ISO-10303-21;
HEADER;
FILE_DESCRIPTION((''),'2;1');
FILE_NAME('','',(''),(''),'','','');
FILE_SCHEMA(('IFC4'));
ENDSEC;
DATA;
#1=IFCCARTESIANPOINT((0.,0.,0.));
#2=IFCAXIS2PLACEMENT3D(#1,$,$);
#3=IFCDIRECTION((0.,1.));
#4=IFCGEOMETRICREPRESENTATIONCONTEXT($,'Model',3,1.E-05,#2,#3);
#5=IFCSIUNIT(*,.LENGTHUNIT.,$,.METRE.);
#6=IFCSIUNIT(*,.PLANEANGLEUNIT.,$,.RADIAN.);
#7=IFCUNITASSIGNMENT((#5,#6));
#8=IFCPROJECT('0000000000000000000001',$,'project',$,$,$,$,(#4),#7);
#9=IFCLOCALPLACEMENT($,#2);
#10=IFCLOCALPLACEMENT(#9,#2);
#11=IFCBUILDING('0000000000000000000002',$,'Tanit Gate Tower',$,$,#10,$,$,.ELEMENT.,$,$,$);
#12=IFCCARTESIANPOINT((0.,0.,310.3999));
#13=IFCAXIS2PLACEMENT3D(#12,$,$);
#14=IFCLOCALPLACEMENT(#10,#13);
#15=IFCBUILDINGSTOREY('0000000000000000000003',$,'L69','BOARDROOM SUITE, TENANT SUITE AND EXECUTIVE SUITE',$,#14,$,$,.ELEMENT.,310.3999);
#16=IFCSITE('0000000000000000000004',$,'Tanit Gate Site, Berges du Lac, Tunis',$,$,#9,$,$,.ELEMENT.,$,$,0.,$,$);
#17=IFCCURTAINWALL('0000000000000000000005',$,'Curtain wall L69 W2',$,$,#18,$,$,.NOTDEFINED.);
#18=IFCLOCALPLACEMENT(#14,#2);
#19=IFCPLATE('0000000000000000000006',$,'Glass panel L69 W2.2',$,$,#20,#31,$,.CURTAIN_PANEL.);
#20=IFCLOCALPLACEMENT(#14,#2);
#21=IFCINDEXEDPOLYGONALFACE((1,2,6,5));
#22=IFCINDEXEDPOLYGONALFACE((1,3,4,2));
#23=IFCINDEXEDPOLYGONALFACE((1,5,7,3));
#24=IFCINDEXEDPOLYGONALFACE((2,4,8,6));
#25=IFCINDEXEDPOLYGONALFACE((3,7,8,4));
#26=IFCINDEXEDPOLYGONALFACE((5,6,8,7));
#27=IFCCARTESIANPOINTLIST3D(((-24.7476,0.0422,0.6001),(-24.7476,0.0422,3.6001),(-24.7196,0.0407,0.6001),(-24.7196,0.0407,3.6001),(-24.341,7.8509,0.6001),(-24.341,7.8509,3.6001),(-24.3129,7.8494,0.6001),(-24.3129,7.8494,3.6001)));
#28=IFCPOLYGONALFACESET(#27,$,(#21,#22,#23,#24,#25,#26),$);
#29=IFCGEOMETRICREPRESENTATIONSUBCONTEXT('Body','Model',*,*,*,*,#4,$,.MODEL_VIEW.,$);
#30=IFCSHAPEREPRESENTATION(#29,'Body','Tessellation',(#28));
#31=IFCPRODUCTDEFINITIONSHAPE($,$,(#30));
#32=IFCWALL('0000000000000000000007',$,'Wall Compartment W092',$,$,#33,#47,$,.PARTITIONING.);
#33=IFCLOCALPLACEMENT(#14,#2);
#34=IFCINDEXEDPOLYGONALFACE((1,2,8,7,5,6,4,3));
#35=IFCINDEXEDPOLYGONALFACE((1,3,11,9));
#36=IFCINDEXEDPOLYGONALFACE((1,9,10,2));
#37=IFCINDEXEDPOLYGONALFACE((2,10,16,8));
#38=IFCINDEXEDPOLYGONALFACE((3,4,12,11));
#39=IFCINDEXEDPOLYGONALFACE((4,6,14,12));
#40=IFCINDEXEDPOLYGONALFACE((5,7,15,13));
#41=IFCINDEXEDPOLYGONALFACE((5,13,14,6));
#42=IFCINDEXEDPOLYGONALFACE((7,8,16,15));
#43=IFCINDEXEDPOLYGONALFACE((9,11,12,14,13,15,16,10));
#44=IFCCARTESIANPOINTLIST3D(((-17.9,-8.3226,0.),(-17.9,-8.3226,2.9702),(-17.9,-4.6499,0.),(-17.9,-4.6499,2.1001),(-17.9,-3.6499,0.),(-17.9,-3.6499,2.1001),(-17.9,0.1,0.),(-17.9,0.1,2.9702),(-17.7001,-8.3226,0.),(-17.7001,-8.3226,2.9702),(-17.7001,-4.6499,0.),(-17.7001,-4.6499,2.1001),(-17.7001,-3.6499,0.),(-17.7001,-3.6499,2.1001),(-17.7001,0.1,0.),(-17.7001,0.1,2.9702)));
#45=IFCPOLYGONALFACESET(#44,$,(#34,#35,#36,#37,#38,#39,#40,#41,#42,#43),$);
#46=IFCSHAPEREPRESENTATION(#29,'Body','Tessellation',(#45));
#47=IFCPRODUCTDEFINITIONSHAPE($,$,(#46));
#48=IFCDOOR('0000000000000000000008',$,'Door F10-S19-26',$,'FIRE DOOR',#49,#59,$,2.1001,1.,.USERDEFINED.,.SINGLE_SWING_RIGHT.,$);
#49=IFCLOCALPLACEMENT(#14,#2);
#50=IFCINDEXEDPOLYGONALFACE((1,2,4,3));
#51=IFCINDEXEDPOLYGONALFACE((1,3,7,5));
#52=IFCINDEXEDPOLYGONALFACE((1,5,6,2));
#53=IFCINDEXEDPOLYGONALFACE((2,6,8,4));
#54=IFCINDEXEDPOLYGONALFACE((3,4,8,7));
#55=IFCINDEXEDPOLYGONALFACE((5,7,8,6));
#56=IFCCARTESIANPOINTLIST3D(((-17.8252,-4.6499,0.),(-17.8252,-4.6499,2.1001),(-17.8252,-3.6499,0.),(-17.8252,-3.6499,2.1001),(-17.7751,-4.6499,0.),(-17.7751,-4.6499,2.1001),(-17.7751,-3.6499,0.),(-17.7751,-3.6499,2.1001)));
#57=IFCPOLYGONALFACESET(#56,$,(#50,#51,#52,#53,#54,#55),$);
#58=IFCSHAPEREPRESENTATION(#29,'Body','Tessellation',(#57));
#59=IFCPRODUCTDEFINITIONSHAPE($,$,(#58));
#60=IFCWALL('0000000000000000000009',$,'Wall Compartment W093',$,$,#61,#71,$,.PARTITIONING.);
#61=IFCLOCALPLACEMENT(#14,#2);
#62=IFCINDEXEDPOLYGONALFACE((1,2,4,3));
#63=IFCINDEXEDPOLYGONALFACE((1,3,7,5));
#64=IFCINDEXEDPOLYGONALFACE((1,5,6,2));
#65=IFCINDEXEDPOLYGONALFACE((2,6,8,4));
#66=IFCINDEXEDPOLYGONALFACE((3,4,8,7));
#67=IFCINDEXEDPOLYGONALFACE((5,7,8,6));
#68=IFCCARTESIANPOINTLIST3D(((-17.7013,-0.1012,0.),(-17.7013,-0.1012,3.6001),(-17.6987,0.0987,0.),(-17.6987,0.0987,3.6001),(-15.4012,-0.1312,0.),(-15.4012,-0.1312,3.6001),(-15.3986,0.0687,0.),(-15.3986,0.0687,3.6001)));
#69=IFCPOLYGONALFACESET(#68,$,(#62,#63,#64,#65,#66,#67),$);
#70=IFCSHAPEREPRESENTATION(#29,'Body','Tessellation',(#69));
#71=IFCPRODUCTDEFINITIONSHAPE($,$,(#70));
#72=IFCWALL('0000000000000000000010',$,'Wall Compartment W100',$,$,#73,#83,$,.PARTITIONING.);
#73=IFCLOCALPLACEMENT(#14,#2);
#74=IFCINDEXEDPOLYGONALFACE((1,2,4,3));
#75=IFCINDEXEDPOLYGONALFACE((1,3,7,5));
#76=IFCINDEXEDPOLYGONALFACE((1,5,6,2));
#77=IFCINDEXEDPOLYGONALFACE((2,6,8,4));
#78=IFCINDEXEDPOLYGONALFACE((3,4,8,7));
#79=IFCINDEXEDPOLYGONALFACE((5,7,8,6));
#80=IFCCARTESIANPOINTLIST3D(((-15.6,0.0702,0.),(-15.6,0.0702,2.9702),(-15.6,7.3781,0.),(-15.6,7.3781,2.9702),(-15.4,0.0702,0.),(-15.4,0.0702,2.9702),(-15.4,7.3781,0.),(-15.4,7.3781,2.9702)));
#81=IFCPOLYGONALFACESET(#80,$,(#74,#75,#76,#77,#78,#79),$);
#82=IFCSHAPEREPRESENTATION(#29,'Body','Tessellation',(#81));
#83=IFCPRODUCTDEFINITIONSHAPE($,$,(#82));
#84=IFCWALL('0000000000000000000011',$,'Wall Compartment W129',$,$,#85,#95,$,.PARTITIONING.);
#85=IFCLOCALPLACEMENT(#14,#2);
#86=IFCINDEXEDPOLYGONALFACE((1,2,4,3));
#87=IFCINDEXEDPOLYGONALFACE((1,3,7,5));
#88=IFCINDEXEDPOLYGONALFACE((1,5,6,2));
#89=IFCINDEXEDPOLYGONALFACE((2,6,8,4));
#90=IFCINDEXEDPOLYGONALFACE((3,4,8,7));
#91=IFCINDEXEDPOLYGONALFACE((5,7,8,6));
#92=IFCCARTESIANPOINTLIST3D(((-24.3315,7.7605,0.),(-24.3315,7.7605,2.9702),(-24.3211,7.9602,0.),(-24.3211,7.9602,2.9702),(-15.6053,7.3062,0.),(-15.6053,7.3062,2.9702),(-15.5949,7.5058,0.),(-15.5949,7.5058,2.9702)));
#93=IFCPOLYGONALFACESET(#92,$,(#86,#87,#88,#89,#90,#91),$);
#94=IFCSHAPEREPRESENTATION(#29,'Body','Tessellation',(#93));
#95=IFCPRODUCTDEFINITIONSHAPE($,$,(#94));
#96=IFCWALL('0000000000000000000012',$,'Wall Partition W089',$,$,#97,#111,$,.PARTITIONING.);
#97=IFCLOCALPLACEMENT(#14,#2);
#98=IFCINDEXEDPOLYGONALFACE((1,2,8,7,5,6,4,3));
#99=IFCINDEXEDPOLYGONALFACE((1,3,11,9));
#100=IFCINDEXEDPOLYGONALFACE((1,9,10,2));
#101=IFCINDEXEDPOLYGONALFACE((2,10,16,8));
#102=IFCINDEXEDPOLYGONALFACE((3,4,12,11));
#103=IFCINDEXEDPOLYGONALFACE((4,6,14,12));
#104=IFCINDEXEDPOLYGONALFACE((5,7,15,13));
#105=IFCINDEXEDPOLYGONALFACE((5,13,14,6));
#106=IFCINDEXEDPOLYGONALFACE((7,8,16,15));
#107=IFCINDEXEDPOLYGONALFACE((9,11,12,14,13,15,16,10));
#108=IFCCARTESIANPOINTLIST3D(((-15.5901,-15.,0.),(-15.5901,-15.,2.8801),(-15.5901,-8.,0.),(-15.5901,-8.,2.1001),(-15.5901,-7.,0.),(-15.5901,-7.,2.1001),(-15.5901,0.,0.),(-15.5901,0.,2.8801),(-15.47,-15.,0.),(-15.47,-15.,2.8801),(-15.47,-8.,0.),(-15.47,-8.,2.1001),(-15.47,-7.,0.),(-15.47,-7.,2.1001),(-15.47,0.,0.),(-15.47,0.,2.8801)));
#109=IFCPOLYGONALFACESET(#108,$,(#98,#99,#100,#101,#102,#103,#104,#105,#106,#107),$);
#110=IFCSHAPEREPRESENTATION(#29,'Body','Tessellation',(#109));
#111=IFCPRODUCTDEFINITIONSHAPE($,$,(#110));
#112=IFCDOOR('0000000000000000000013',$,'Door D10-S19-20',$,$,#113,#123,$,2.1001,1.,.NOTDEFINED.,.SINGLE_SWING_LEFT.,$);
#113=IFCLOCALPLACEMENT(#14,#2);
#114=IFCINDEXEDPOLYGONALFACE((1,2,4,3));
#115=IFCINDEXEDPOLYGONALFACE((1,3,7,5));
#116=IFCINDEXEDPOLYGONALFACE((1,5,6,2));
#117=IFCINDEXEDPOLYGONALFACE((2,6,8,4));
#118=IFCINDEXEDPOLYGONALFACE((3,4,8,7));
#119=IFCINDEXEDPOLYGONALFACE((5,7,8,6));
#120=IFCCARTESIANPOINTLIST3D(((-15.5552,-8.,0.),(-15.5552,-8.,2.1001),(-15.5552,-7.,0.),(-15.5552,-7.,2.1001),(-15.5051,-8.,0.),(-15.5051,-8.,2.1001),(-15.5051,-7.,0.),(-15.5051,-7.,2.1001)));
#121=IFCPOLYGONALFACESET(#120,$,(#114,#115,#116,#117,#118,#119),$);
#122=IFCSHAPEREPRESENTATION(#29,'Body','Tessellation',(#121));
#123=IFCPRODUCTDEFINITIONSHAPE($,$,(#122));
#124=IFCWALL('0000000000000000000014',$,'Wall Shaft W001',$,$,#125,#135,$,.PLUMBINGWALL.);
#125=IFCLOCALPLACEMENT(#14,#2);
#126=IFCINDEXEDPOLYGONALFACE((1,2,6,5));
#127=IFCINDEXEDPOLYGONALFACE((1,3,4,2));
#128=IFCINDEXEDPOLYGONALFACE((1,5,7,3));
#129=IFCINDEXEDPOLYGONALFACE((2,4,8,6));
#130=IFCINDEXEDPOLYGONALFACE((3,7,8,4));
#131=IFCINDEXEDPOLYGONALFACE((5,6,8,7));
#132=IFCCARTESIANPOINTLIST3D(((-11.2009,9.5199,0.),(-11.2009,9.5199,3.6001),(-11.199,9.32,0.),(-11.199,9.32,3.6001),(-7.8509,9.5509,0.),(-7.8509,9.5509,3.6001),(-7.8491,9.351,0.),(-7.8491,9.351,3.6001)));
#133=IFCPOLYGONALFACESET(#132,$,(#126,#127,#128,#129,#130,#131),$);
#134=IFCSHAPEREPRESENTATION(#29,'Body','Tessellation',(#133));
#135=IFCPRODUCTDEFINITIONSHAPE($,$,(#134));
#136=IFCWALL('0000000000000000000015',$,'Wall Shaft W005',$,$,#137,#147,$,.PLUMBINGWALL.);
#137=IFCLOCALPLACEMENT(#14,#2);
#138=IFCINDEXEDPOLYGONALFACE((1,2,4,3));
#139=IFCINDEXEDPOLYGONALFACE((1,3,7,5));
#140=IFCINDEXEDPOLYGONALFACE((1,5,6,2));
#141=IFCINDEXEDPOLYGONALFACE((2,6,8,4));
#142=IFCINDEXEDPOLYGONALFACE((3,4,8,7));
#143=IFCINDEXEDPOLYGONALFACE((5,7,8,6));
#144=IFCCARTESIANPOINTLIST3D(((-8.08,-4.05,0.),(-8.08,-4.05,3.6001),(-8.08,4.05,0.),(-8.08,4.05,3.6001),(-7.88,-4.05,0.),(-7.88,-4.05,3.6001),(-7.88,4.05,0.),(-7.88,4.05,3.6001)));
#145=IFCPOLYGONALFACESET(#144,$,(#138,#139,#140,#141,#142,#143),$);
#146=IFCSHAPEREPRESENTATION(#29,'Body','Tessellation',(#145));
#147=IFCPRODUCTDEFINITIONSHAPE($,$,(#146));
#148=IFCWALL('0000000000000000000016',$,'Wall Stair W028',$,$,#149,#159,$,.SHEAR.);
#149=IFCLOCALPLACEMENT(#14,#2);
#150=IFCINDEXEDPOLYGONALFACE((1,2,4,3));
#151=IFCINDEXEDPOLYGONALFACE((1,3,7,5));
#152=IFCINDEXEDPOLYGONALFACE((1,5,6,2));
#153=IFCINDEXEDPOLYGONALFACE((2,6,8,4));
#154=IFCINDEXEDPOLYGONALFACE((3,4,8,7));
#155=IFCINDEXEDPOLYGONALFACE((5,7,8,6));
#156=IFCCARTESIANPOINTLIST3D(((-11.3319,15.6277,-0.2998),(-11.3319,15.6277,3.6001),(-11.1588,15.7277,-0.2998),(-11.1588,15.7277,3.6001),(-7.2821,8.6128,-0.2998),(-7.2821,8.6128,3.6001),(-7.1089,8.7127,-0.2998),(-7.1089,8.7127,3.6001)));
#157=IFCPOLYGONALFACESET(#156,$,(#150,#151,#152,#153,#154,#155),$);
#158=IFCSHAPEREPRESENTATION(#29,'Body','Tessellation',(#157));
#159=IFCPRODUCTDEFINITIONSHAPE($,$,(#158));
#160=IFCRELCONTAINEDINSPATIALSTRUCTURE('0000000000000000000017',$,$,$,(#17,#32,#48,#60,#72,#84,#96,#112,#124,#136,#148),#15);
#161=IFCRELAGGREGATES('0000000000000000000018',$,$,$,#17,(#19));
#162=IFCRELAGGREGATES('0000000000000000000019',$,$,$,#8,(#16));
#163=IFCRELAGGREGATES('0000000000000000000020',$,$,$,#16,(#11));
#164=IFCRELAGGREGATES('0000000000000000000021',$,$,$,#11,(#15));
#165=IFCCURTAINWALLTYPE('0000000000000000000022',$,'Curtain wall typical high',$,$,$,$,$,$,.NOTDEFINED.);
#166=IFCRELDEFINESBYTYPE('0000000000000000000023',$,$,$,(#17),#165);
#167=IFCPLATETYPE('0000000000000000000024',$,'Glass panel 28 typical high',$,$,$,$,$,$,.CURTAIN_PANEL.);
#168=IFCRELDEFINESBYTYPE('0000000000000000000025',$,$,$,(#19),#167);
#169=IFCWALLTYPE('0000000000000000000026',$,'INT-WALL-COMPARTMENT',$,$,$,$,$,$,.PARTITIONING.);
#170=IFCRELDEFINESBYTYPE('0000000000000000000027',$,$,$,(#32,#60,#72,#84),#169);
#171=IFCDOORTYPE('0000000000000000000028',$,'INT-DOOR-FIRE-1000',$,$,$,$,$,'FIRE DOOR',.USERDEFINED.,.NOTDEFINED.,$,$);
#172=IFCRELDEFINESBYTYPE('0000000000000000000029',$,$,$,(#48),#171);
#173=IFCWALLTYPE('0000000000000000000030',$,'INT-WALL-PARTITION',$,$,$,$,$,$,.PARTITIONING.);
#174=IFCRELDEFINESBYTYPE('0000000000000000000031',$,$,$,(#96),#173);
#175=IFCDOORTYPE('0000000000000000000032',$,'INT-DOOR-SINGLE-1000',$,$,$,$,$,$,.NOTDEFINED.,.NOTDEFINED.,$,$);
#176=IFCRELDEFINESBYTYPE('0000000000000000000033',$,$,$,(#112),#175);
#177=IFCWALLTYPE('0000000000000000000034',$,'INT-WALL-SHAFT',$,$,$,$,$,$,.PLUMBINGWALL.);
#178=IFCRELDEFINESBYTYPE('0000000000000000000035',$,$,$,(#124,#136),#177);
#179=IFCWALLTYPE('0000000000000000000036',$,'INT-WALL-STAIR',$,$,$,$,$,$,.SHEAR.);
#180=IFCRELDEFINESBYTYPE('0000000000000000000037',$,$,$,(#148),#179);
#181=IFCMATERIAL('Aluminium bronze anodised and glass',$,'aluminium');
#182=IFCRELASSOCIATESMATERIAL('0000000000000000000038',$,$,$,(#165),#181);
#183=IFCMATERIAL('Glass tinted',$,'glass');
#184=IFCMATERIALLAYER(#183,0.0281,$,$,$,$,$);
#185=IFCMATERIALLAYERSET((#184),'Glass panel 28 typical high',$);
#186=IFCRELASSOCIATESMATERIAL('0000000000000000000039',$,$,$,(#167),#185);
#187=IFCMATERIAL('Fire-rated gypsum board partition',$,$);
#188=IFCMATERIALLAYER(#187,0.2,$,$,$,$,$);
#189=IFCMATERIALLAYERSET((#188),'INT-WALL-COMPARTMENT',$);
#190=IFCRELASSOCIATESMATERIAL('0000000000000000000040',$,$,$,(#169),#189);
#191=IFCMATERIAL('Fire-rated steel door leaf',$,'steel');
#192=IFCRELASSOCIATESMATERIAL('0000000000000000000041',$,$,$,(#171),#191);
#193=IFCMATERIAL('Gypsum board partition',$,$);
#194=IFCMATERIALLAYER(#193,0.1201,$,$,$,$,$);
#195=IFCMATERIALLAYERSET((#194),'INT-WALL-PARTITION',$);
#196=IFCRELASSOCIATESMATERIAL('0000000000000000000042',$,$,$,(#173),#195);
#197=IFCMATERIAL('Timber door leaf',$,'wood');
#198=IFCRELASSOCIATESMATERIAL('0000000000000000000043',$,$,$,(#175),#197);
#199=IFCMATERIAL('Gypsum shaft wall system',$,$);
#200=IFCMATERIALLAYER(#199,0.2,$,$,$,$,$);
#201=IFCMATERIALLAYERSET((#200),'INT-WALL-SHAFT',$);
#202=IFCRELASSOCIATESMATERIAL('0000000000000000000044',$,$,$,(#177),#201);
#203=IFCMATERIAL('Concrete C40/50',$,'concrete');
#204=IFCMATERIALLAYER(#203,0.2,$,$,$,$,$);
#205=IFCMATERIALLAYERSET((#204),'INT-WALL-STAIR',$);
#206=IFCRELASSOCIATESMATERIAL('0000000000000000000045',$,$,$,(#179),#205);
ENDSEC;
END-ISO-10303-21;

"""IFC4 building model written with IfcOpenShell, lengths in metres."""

from ifc_helpers import new_model, si_unit, direction, frame, frame_2d, origin, origin_2d, place, context, subcontext, project, spatial, rectangle, extrude, material, layer, layer_set, type_object, element, fill, aggregate, save


model = new_model("IFC4")

# Units and contexts
model_context = context("Model", 3, precision=1e-05, world=origin(), true_north=direction((0.0, 1.0)))
body_context = subcontext(model_context, "Body", "Model", "MODEL_VIEW")
ifc_project = project(units=[si_unit("LENGTHUNIT", "METRE"), si_unit("PLANEANGLEUNIT", "RADIAN")], contexts=[model_context])

# Site, building, storey
site_placement = place(None, origin())
site = spatial("IfcSite", under=ifc_project, at=site_placement, Name="Tanit Gate Site, Berges du Lac, Tunis", CompositionType="ELEMENT", RefElevation=0.0)
building_placement = place(site_placement, origin())
building = spatial("IfcBuilding", under=site, at=building_placement, Name="Tanit Gate Tower", CompositionType="ELEMENT")
storey_placement = place(building_placement, frame((0.0, 0.0, 310.3999)))
storey = spatial("IfcBuildingStorey", under=building, at=storey_placement, Name="L69", Description="BOARDROOM SUITE, TENANT SUITE AND EXECUTIVE SUITE", CompositionType="ELEMENT", Elevation=310.3999)

# Curtain wall
ifc_material_1 = material(Name="Aluminium bronze anodised and glass", Category="aluminium")
curtain_wall_type = type_object("IfcCurtainWallType", Name="Curtain wall typical high", PredefinedType="NOTDEFINED", material=ifc_material_1)
curtain_wall_placement = place(storey_placement, origin())
curtain_wall = element("IfcCurtainWall", 1, at=curtain_wall_placement, inside=storey, type_object=curtain_wall_type, Name="Curtain wall L69 W2", PredefinedType="NOTDEFINED")

# Plate
ifc_material_2 = material(Name="Glass tinted", Category="glass")
ifc_layer_1 = layer(ifc_material_2, 0.0281)
ifc_layer_set_1 = layer_set([ifc_layer_1], Name="Glass panel 28 typical high")
plate_type = type_object("IfcPlateType", Name="Glass panel 28 typical high", PredefinedType="CURTAIN_PANEL", material=ifc_layer_set_1)
plate_1_placement = place(storey_placement, frame((-24.5303, 3.9458, 0.6001), z_axis=(0.0, 0.0, 1.0), x_axis=(-0.052003, -0.998647, 0.0)))
plate_1 = element("IfcPlate", 2, at=plate_1_placement, type_object=plate_type, Name="Glass panel L69 W2.2", PredefinedType="CURTAIN_PANEL", context=body_context, shape_type="SweptSolid", body=[
    extrude(rectangle(XDim=7.8193, YDim=0.0281, at=origin_2d()), origin(), (0.0, 0.0, 1.0), 3.0),
])
aggregate(curtain_wall, [plate_1])

# Wall, opening, door
ifc_material_3 = material(Name="Fire-rated gypsum board partition")
ifc_layer_2 = layer(ifc_material_3, 0.2)
ifc_layer_set_2 = layer_set([ifc_layer_2], Name="INT-WALL-COMPARTMENT")
wall_type_1 = type_object("IfcWallType", Name="INT-WALL-COMPARTMENT", PredefinedType="PARTITIONING", material=ifc_layer_set_2)
wall_1_placement = place(storey_placement, frame((-17.8, 0.1001, 0.0), z_axis=(0.0, 0.0, 1.0), x_axis=(0.0, -1.0, 0.0)))
wall_1 = element("IfcWall", 3, at=wall_1_placement, inside=storey, type_object=wall_type_1, Name="Wall Compartment W092", PredefinedType="PARTITIONING", context=body_context, shape_type="SweptSolid", body=[
    extrude(rectangle(XDim=8.4226, YDim=0.2, at=frame_2d((4.2114, 0.0))), origin(), (0.0, 0.0, 1.0), 2.9702),
])
opening_1_placement = place(wall_1_placement, frame((3.75, 0.0, 0.0)))
opening_1 = element("IfcOpeningElement", 4, at=opening_1_placement, cuts=wall_1, PredefinedType="OPENING", context=body_context, shape_type="SweptSolid", body=[
    extrude(rectangle(XDim=1.0, YDim=2.1001, at=frame_2d((0.5, 1.05))), frame((0.0, 0.1099, 0.0), z_axis=(0.0, -1.0, 0.0), x_axis=(1.0, 0.0, 0.0)), (0.0, 0.0, 1.0), 0.22),
])
ifc_material_4 = material(Name="Fire-rated steel door leaf", Category="steel")
door_type_1 = type_object("IfcDoorType", Name="INT-DOOR-FIRE-1000", ElementType="FIRE DOOR", OperationType="NOTDEFINED", PredefinedType="USERDEFINED", material=ifc_material_4)
door_1_placement = place(opening_1_placement, origin())
door_1 = element("IfcDoor", 5, at=door_1_placement, inside=storey, type_object=door_type_1, Name="Door F10-S19-26", ObjectType="FIRE DOOR", OperationType="SINGLE_SWING_RIGHT", OverallHeight=2.1001, OverallWidth=1.0, PredefinedType="USERDEFINED", context=body_context, shape_type="SweptSolid", body=[
    extrude(rectangle(XDim=1.0, YDim=2.1001, at=frame_2d((0.5, 1.05))), frame((0.0, 0.0249, 0.0), z_axis=(0.0, -1.0, 0.0), x_axis=(1.0, 0.0, 0.0)), (0.0, 0.0, 1.0), 0.05),
])
fill(opening_1, door_1)

# Walls
wall_2_placement = place(storey_placement, frame((-15.3999, -0.0312, 0.0), z_axis=(0.0, 0.0, 1.0), x_axis=(-0.999915, 0.013055, 0.0)))
element("IfcWall", 6, at=wall_2_placement, inside=storey, type_object=wall_type_1, Name="Wall Compartment W093", PredefinedType="PARTITIONING", context=body_context, shape_type="SweptSolid", body=[
    extrude(rectangle(XDim=2.3003, YDim=0.2, at=frame_2d((1.1501, 0.0))), origin(), (0.0, 0.0, 1.0), 3.6001),
])
wall_3_placement = place(storey_placement, frame((-15.5, 7.3779, 0.0), z_axis=(0.0, 0.0, 1.0), x_axis=(0.0, -1.0, 0.0)))
element("IfcWall", 7, at=wall_3_placement, inside=storey, type_object=wall_type_1, Name="Wall Compartment W100", PredefinedType="PARTITIONING", context=body_context, shape_type="SweptSolid", body=[
    extrude(rectangle(XDim=7.3079, YDim=0.2, at=frame_2d((3.6538, 0.0))), origin(), (0.0, 0.0, 1.0), 2.9702),
])
wall_4_placement = place(storey_placement, frame((-24.3264, 7.8604, 0.0), z_axis=(0.0, 0.0, 1.0), x_axis=(0.998647, -0.051996, 0.0)))
element("IfcWall", 8, at=wall_4_placement, inside=storey, type_object=wall_type_1, Name="Wall Compartment W129", PredefinedType="PARTITIONING", context=body_context, shape_type="SweptSolid", body=[
    extrude(rectangle(XDim=8.738, YDim=0.2, at=frame_2d((4.3691, 0.0))), origin(), (0.0, 0.0, 1.0), 2.9702),
])

# Wall, opening, door
ifc_material_5 = material(Name="Gypsum board partition")
ifc_layer_3 = layer(ifc_material_5, 0.1201)
ifc_layer_set_3 = layer_set([ifc_layer_3], Name="INT-WALL-PARTITION")
wall_type_2 = type_object("IfcWallType", Name="INT-WALL-PARTITION", PredefinedType="PARTITIONING", material=ifc_layer_set_3)
wall_5_placement = place(storey_placement, frame((-15.53, 0.0, 0.0), z_axis=(0.0, 0.0, 1.0), x_axis=(0.0, -1.0, 0.0)))
wall_5 = element("IfcWall", 9, at=wall_5_placement, inside=storey, type_object=wall_type_2, Name="Wall Partition W089", PredefinedType="PARTITIONING", context=body_context, shape_type="SweptSolid", body=[
    extrude(rectangle(XDim=15.0, YDim=0.1201, at=frame_2d((7.5, 0.0))), origin(), (0.0, 0.0, 1.0), 2.8801),
])
opening_2_placement = place(wall_5_placement, frame((7.0, 0.0, 0.0)))
opening_2 = element("IfcOpeningElement", 10, at=opening_2_placement, cuts=wall_5, PredefinedType="OPENING", context=body_context, shape_type="SweptSolid", body=[
    extrude(rectangle(XDim=1.0, YDim=2.1001, at=frame_2d((0.5, 1.05))), frame((0.0, 0.0701, 0.0), z_axis=(0.0, -1.0, 0.0), x_axis=(1.0, 0.0, 0.0)), (0.0, 0.0, 1.0), 0.1401),
])
ifc_material_6 = material(Name="Timber door leaf", Category="wood")
door_type_2 = type_object("IfcDoorType", Name="INT-DOOR-SINGLE-1000", OperationType="NOTDEFINED", PredefinedType="NOTDEFINED", material=ifc_material_6)
door_2_placement = place(opening_2_placement, origin())
door_2 = element("IfcDoor", 11, at=door_2_placement, inside=storey, type_object=door_type_2, Name="Door D10-S19-20", OperationType="SINGLE_SWING_LEFT", OverallHeight=2.1001, OverallWidth=1.0, PredefinedType="NOTDEFINED", context=body_context, shape_type="SweptSolid", body=[
    extrude(rectangle(XDim=1.0, YDim=2.1001, at=frame_2d((0.5, 1.05))), frame((0.0, 0.0249, 0.0), z_axis=(0.0, -1.0, 0.0), x_axis=(1.0, 0.0, 0.0)), (0.0, 0.0, 1.0), 0.05),
])
fill(opening_2, door_2)

# Walls
ifc_material_7 = material(Name="Gypsum shaft wall system")
ifc_layer_4 = layer(ifc_material_7, 0.2)
ifc_layer_set_4 = layer_set([ifc_layer_4], Name="INT-WALL-SHAFT")
wall_type_3 = type_object("IfcWallType", Name="INT-WALL-SHAFT", PredefinedType="PLUMBINGWALL", material=ifc_layer_set_4)
wall_6_placement = place(storey_placement, frame((-11.2, 9.4199, 0.0), z_axis=(0.0, 0.0, 1.0), x_axis=(0.999957, 0.009255, 0.0)))
element("IfcWall", 12, at=wall_6_placement, inside=storey, type_object=wall_type_3, Name="Wall Shaft W001", PredefinedType="PLUMBINGWALL", context=body_context, shape_type="SweptSolid", body=[
    extrude(rectangle(XDim=3.3501, YDim=0.2, at=frame_2d((1.675, 0.0))), origin(), (0.0, 0.0, 1.0), 3.6001),
])
wall_7_placement = place(storey_placement, frame((-7.98, 4.05, 0.0), z_axis=(0.0, 0.0, 1.0), x_axis=(0.0, -1.0, 0.0)))
element("IfcWall", 13, at=wall_7_placement, inside=storey, type_object=wall_type_3, Name="Wall Shaft W005", PredefinedType="PLUMBINGWALL", context=body_context, shape_type="SweptSolid", body=[
    extrude(rectangle(XDim=8.1001, YDim=0.2, at=frame_2d((4.05, 0.0))), origin(), (0.0, 0.0, 1.0), 3.6001),
])
ifc_material_8 = material(Name="Concrete C40/50", Category="concrete")
ifc_layer_5 = layer(ifc_material_8, 0.2)
ifc_layer_set_5 = layer_set([ifc_layer_5], Name="INT-WALL-STAIR")
wall_type_4 = type_object("IfcWallType", Name="INT-WALL-STAIR", PredefinedType="SHEAR", material=ifc_layer_set_5)
wall_8_placement = place(storey_placement, frame((-11.2454, 15.6777, -0.2998), z_axis=(0.0, 0.0, 1.0), x_axis=(0.499977, -0.866039, 0.0)))
element("IfcWall", 14, at=wall_8_placement, inside=storey, type_object=wall_type_4, Name="Wall Stair W028", PredefinedType="SHEAR", context=body_context, shape_type="SweptSolid", body=[
    extrude(rectangle(XDim=8.1001, YDim=0.2, at=frame_2d((4.05, 0.0))), origin(), (0.0, 0.0, 1.0), 3.8999),
])

save(model, "model.ifc")
